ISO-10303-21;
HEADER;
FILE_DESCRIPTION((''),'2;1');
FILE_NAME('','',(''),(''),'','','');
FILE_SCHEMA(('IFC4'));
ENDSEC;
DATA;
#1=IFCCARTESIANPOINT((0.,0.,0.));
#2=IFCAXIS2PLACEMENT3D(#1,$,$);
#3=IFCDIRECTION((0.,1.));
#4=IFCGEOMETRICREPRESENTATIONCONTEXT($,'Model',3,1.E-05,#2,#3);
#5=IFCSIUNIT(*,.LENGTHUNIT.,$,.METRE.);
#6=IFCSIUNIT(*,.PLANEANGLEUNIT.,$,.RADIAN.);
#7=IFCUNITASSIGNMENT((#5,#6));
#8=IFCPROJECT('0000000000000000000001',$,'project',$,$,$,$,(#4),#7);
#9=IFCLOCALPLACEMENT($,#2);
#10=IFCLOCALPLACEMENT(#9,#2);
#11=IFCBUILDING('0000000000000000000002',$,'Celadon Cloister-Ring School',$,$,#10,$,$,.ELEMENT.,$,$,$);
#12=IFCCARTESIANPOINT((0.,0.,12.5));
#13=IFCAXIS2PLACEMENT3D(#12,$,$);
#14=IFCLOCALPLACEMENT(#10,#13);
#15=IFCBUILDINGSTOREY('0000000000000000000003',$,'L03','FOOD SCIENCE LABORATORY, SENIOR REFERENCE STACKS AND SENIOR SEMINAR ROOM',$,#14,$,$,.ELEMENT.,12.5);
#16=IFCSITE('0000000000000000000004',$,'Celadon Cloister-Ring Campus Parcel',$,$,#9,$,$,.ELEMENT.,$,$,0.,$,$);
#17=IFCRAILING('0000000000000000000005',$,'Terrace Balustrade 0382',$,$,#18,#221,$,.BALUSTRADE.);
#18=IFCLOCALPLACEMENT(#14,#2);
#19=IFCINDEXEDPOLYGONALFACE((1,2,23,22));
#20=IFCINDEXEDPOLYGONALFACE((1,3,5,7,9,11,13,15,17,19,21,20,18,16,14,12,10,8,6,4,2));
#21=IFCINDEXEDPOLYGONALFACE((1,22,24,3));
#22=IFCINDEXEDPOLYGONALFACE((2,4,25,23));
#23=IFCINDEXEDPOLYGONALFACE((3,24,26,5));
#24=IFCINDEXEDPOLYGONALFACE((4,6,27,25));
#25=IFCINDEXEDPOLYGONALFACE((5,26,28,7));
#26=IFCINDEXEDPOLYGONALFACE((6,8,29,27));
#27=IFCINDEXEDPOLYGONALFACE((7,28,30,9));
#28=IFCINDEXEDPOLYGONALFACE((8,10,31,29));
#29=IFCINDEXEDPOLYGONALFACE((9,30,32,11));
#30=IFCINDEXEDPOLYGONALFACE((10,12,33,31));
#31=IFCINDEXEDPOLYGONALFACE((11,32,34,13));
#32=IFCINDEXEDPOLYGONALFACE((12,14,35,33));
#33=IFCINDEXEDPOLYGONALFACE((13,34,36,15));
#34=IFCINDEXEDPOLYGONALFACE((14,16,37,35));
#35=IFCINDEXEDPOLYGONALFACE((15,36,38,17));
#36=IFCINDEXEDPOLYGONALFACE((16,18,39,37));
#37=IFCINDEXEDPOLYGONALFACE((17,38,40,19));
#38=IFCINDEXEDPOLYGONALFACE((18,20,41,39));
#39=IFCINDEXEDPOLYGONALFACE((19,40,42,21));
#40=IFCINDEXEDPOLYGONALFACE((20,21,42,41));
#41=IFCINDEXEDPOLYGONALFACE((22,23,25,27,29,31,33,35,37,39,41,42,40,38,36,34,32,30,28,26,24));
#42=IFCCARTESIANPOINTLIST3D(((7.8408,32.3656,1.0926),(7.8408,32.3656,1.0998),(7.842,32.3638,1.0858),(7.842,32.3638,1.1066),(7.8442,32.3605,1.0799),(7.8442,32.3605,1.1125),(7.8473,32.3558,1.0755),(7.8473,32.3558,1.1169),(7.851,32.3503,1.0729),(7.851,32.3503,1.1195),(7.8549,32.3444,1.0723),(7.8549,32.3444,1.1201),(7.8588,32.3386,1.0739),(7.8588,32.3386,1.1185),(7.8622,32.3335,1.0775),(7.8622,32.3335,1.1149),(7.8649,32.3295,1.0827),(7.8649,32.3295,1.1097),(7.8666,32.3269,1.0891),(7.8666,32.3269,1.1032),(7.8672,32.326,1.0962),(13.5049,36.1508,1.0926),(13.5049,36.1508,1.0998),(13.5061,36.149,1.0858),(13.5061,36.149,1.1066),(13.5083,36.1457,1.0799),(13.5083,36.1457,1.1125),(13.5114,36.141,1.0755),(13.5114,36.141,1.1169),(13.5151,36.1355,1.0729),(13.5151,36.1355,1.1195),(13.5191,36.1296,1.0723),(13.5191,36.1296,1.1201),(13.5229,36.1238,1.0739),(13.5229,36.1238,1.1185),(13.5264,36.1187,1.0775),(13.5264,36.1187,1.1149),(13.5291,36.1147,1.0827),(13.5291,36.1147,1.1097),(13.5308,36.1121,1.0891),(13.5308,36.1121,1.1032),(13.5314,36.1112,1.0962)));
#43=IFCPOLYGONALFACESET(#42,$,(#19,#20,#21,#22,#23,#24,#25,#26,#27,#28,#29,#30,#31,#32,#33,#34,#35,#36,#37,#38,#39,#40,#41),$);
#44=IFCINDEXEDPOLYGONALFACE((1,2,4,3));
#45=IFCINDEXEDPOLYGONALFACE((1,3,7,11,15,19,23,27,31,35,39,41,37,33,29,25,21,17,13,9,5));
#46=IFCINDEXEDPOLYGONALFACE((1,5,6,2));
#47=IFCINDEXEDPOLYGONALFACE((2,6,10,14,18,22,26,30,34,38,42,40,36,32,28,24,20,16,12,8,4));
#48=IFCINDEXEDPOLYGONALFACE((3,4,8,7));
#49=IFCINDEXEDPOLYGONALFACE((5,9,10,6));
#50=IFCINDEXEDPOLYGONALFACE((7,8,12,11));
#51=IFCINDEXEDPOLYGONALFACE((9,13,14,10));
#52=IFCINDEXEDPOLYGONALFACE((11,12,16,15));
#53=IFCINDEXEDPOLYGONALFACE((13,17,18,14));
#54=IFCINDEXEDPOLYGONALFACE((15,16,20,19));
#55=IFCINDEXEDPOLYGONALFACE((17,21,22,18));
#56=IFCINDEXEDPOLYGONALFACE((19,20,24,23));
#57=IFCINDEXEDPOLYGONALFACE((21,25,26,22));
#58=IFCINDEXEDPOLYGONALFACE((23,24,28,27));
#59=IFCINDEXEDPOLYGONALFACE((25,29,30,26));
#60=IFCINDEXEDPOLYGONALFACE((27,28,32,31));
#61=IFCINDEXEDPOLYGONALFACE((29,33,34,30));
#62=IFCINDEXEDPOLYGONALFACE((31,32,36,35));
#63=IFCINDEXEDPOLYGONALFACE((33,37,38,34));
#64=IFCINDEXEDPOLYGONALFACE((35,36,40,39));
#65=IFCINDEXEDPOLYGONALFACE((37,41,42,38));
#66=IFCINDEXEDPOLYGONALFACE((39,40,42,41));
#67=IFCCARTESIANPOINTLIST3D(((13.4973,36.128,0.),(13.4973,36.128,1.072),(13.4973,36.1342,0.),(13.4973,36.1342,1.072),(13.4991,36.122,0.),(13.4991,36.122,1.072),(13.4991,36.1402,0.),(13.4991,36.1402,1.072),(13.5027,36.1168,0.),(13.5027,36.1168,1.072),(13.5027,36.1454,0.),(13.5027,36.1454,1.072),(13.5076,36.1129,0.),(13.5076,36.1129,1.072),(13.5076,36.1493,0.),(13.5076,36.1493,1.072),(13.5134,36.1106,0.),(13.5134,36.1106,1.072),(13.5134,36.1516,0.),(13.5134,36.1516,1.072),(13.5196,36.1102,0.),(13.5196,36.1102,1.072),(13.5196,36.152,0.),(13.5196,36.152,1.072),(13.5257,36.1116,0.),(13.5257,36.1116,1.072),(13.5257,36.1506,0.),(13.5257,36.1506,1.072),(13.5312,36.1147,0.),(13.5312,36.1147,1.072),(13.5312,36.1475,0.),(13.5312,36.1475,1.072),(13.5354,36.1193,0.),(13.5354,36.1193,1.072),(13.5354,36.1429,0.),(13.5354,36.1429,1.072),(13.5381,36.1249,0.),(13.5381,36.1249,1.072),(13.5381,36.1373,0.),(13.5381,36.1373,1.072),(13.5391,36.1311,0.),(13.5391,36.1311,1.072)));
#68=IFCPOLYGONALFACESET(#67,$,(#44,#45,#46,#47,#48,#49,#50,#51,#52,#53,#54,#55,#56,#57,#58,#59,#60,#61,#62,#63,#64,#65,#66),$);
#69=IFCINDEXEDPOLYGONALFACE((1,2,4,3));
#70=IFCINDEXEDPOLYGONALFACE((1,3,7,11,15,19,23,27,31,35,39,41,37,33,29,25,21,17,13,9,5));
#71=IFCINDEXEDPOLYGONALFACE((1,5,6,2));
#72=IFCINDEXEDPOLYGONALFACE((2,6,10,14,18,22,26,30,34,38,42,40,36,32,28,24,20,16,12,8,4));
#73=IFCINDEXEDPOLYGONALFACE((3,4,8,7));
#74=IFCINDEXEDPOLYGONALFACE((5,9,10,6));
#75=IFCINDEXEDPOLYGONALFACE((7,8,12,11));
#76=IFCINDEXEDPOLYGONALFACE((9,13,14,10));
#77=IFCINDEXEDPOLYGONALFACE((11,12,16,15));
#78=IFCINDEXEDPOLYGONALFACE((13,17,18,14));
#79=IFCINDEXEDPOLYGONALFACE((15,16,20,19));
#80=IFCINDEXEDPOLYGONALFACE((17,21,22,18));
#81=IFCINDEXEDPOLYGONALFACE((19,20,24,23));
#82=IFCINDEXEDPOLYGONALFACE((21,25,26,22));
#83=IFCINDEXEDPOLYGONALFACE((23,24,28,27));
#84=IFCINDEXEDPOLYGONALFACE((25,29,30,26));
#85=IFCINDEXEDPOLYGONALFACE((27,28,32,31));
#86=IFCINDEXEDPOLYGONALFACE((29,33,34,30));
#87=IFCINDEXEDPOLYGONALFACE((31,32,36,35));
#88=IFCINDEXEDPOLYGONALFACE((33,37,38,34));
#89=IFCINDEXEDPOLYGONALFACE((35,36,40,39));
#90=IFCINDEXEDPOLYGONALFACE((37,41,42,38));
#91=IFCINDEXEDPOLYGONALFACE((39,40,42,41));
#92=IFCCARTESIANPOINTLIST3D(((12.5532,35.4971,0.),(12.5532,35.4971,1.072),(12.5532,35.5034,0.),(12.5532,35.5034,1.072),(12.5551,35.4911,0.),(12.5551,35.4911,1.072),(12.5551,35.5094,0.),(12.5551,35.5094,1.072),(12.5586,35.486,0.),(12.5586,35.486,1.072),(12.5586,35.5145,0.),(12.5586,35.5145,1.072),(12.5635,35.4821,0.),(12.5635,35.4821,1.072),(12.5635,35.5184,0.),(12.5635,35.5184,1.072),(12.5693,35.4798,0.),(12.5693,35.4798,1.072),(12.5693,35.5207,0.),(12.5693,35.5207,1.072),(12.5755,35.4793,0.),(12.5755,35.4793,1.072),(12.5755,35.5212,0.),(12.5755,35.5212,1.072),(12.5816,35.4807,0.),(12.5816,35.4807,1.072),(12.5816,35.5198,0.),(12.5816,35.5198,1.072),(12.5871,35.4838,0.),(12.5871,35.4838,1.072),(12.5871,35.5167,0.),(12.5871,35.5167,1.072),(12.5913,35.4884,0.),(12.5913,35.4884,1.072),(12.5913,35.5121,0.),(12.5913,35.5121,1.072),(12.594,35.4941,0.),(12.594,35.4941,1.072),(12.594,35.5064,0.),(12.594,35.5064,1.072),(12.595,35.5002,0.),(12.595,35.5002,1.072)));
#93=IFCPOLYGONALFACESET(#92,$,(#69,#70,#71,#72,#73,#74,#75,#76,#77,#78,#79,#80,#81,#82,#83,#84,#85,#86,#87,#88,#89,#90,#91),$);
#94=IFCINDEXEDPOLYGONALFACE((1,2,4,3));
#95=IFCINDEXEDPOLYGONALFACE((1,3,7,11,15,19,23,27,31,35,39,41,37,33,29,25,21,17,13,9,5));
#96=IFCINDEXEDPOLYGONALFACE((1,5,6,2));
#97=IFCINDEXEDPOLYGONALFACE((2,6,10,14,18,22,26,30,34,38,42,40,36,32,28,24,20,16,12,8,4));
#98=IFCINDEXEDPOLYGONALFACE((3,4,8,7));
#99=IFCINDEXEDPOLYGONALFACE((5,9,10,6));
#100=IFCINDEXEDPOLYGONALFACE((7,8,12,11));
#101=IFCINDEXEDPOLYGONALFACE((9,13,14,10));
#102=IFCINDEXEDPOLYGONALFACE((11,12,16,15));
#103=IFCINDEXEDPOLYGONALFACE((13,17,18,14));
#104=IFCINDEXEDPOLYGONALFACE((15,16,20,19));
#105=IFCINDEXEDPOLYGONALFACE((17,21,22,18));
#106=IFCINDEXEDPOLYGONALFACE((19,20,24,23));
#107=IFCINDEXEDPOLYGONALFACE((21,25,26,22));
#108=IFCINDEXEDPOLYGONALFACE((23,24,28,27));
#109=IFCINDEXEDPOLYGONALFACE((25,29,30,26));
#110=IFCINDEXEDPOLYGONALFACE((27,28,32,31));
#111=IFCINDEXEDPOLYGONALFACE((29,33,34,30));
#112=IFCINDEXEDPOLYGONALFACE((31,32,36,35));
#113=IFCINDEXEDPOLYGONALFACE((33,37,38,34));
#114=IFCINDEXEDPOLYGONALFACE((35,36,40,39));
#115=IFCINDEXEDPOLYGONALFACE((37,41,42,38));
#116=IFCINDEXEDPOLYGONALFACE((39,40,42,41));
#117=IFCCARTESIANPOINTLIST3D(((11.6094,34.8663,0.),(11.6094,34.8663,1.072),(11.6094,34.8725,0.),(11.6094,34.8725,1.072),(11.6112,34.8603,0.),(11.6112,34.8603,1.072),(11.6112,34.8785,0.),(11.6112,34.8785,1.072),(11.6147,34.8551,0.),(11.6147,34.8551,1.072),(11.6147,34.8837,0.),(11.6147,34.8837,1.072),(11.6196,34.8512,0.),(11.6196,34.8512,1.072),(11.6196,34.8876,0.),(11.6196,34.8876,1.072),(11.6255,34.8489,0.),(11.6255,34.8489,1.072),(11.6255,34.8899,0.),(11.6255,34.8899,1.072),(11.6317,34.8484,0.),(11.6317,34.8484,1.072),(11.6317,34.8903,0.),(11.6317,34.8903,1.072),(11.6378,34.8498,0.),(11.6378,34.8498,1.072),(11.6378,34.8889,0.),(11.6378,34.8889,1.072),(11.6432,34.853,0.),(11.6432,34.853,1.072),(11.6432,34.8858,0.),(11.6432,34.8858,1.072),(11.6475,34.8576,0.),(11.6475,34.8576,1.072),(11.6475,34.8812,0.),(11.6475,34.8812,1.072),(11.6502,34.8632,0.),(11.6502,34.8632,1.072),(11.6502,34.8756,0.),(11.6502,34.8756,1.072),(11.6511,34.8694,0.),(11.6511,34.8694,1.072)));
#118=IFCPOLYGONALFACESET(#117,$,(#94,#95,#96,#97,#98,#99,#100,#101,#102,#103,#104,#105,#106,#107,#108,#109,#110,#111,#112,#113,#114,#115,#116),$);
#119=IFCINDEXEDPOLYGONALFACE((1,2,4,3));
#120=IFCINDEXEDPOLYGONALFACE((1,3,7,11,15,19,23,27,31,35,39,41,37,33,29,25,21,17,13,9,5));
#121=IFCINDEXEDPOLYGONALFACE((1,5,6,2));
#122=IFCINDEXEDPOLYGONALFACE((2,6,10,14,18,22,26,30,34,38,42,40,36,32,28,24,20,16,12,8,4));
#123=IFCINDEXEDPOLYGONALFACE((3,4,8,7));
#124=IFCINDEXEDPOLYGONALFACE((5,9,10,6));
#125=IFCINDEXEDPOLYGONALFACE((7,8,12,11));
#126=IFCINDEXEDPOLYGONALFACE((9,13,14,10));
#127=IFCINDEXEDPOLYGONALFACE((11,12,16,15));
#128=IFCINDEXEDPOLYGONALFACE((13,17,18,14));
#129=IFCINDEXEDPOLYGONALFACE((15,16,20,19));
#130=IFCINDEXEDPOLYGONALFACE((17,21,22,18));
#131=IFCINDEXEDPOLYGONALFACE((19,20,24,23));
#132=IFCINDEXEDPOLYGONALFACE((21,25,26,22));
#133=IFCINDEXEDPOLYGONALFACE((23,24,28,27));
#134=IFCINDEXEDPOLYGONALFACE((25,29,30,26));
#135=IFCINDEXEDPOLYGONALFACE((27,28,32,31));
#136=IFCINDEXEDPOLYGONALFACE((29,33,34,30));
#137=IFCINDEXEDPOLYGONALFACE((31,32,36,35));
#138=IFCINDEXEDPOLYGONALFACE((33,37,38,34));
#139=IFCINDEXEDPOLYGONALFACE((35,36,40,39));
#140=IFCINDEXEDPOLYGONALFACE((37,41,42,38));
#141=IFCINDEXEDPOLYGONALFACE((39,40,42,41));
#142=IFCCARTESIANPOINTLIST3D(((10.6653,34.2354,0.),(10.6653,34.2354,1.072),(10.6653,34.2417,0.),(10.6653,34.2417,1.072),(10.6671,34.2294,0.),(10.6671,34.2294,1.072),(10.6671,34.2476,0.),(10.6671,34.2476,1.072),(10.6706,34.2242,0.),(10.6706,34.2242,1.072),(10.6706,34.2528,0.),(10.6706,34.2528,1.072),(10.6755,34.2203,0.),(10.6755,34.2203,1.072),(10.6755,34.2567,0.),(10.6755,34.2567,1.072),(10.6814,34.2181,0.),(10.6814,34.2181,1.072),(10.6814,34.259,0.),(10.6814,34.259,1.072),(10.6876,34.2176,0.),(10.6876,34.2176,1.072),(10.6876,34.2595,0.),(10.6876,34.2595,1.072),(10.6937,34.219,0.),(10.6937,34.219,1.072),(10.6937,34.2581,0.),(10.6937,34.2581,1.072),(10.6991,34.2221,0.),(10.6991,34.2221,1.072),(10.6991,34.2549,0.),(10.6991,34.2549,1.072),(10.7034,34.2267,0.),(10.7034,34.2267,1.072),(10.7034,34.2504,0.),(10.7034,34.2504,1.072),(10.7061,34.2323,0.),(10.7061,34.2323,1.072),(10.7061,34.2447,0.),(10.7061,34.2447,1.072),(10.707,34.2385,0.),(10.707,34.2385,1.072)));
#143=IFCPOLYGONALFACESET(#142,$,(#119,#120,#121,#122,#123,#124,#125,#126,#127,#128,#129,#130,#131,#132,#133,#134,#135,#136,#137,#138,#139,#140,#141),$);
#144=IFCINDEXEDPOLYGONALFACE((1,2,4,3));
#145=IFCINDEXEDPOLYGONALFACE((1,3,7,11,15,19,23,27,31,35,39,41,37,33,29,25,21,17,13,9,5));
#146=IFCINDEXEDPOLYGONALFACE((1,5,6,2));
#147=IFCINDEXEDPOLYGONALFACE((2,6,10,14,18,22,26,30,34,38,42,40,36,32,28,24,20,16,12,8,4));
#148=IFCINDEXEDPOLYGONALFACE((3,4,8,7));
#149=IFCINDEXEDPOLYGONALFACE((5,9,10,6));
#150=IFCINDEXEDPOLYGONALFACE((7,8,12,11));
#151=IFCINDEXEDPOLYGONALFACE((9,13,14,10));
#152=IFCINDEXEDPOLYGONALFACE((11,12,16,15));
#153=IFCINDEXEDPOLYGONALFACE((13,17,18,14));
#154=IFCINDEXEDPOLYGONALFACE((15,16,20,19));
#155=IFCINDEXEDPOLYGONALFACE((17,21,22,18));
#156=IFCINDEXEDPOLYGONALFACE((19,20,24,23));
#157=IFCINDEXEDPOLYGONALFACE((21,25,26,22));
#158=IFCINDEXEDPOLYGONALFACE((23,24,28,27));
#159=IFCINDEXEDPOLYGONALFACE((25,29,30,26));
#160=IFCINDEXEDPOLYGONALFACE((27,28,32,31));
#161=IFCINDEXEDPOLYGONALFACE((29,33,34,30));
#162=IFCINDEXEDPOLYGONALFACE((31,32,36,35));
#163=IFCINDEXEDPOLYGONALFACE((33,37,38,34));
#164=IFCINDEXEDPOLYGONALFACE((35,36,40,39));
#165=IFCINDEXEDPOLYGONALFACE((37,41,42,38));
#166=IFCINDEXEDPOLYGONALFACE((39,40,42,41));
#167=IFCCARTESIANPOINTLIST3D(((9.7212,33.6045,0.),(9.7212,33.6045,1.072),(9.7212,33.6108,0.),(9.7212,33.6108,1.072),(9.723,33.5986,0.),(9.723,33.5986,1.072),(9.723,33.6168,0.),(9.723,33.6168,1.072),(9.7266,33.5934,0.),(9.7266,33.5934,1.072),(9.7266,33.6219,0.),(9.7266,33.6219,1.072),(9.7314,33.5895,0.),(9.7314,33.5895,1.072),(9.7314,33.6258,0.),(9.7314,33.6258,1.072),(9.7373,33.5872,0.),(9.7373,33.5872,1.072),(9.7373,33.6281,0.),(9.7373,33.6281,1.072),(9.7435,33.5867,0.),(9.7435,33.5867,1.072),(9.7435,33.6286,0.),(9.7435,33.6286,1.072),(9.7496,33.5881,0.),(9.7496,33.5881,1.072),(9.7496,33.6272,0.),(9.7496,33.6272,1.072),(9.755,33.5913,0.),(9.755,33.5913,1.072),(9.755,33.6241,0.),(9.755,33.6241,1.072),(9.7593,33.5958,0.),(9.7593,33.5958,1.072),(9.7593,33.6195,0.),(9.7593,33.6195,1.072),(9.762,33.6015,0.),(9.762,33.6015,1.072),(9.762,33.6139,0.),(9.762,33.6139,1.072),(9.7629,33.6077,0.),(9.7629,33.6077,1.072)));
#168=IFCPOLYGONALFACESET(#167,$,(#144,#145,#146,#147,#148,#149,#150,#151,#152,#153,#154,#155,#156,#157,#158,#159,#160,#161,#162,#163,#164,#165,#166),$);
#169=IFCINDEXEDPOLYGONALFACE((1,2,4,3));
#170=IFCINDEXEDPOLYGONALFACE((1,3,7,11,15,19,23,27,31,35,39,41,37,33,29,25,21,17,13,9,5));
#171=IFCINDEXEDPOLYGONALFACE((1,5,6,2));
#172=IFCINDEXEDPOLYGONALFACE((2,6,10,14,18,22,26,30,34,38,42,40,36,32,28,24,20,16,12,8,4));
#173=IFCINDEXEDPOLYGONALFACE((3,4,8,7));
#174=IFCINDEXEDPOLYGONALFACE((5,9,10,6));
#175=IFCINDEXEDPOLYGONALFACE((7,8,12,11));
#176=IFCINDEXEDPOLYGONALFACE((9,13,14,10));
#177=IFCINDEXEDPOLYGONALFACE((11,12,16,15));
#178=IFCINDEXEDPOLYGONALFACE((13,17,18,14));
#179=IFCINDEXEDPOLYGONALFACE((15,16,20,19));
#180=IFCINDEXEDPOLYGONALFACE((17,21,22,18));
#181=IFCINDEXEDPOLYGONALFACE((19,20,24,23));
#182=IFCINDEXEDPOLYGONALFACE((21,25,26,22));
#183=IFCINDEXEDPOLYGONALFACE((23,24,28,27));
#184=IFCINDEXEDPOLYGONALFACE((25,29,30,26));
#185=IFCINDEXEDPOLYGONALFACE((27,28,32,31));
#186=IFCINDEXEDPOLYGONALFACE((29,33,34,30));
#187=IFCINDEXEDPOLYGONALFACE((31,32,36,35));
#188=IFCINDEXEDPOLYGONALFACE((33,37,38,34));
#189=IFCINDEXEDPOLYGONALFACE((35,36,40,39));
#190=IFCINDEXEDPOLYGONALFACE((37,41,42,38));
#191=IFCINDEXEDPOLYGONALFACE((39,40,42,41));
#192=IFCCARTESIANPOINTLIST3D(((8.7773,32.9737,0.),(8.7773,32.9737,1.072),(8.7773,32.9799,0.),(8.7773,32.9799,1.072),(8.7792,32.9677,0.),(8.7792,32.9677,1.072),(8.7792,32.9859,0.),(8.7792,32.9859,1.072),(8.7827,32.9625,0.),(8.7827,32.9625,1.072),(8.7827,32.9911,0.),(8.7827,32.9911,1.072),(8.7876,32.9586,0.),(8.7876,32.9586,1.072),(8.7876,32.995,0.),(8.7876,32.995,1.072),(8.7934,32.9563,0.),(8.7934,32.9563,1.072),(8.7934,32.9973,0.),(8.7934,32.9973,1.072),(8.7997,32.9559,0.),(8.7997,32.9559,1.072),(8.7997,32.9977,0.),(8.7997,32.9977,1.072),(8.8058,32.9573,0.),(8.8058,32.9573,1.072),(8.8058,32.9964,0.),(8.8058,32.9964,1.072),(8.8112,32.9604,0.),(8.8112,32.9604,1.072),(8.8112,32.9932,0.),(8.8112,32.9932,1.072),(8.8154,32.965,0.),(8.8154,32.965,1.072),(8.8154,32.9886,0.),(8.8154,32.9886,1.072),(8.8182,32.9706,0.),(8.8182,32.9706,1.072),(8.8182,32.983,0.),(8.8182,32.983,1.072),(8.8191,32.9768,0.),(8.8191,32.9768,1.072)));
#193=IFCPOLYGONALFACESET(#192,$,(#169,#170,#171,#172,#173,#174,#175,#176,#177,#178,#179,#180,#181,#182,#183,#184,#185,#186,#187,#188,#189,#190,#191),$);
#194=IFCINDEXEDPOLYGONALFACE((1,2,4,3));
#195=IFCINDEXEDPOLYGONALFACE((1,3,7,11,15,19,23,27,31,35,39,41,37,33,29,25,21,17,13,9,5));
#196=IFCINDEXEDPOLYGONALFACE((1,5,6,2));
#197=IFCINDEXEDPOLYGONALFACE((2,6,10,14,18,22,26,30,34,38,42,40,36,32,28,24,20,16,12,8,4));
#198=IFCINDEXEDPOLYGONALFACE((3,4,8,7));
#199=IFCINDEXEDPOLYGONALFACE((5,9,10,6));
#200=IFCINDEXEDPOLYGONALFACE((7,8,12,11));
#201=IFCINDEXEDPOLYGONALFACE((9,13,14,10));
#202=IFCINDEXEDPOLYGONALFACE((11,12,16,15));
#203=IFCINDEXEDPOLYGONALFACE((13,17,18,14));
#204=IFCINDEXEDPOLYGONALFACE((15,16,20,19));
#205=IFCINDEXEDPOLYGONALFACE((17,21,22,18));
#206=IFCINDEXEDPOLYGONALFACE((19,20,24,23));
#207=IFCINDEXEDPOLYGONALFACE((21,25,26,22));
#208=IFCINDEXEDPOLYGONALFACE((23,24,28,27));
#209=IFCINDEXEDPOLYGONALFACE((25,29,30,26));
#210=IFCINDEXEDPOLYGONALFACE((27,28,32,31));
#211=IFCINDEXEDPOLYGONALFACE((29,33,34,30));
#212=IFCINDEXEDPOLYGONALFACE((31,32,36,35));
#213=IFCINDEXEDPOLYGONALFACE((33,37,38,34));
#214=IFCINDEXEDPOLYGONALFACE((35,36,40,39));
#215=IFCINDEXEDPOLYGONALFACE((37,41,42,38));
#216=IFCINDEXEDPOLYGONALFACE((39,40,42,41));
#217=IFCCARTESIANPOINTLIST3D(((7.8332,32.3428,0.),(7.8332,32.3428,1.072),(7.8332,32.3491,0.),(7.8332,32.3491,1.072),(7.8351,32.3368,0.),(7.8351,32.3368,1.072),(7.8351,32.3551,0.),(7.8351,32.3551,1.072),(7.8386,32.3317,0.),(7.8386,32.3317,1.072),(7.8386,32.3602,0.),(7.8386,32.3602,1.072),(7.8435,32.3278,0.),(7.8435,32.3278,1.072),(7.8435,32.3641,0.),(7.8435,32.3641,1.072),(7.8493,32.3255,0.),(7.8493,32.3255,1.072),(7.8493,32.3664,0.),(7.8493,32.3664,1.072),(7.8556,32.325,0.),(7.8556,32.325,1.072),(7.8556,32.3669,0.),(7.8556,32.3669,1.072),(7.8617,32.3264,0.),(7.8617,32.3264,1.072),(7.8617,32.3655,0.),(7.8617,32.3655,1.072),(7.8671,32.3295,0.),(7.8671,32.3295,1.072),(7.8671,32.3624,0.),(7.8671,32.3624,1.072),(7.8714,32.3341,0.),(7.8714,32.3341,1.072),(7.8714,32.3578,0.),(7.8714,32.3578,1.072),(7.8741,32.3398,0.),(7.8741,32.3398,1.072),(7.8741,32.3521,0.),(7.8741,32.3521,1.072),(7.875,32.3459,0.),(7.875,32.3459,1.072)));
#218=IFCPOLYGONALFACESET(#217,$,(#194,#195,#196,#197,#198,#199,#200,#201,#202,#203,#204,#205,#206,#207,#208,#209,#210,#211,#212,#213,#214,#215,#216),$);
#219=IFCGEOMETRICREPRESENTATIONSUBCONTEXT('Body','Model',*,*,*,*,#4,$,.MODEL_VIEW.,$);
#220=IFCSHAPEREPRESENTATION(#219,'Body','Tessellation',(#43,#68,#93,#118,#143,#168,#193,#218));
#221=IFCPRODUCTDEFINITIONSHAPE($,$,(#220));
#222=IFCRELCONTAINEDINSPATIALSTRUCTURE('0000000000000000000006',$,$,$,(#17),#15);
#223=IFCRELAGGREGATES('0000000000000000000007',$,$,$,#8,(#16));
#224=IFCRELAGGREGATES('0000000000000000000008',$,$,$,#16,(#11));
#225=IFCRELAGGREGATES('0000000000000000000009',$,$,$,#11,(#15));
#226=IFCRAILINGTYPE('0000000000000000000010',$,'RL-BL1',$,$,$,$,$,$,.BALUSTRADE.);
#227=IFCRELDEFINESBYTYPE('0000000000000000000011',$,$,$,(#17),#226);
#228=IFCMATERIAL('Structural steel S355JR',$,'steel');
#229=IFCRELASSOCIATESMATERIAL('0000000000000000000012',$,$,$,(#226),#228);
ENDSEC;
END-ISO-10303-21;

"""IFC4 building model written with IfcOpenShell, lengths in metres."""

from ifc_helpers import new_model, si_unit, direction, frame, origin, origin_2d, place, context, subcontext, project, spatial, circle, extrude, material, type_object, element, save


model = new_model("IFC4")

# Units and contexts
model_context = context("Model", 3, precision=1e-05, world=origin(), true_north=direction((0.0, 1.0)))
body_context = subcontext(model_context, "Body", "Model", "MODEL_VIEW")
ifc_project = project(units=[si_unit("LENGTHUNIT", "METRE"), si_unit("PLANEANGLEUNIT", "RADIAN")], contexts=[model_context])

# Site, building, storey
site_placement = place(None, origin())
site = spatial("IfcSite", under=ifc_project, at=site_placement, Name="Celadon Cloister-Ring Campus Parcel", CompositionType="ELEMENT", RefElevation=0.0)
building_placement = place(site_placement, origin())
building = spatial("IfcBuilding", under=site, at=building_placement, Name="Celadon Cloister-Ring School", CompositionType="ELEMENT")
storey_placement = place(building_placement, frame((0.0, 0.0, 12.5)))
storey = spatial("IfcBuildingStorey", under=building, at=storey_placement, Name="L03", Description="FOOD SCIENCE LABORATORY, SENIOR REFERENCE STACKS AND SENIOR SEMINAR ROOM", CompositionType="ELEMENT", Elevation=12.5)

# Railing
ifc_material_1 = material(Name="Structural steel S355JR", Category="steel")
railing_type = type_object("IfcRailingType", Name="RL-BL1", PredefinedType="BALUSTRADE", material=ifc_material_1)
railing_placement = place(storey_placement, frame((13.5181, 36.1311, 0.0)))
element("IfcRailing", 1, at=railing_placement, inside=storey, type_object=railing_type, Name="Terrace Balustrade 0382", PredefinedType="BALUSTRADE", context=body_context, shape_type="SweptSolid", body=[
    extrude(circle(Radius=0.0239, at=origin_2d()), frame((0.0, 0.0, 1.0962), z_axis=(-0.831432, -0.555626, 0.0), x_axis=(0.555626, -0.831432, 0.0)), (0.0, 0.0, 1.0), 6.8125),
    extrude(circle(Radius=0.021, at=origin_2d()), origin(), (0.0, 0.0, 1.0), 1.072),
    extrude(circle(Radius=0.021, at=origin_2d()), frame((-0.9441, -0.6309, 0.0)), (0.0, 0.0, 1.0), 1.072),
    extrude(circle(Radius=0.021, at=origin_2d()), frame((-1.8879, -1.2617, 0.0)), (0.0, 0.0, 1.0), 1.072),
    extrude(circle(Radius=0.021, at=origin_2d()), frame((-2.832, -1.8926, 0.0)), (0.0, 0.0, 1.0), 1.072),
    extrude(circle(Radius=0.021, at=origin_2d()), frame((-3.7761, -2.5234, 0.0)), (0.0, 0.0, 1.0), 1.072),
    extrude(circle(Radius=0.021, at=origin_2d()), frame((-4.72, -3.1543, 0.0)), (0.0, 0.0, 1.0), 1.072),
    extrude(circle(Radius=0.021, at=origin_2d()), frame((-5.6641, -3.7852, 0.0)), (0.0, 0.0, 1.0), 1.072),
])

save(model, "model.ifc")
